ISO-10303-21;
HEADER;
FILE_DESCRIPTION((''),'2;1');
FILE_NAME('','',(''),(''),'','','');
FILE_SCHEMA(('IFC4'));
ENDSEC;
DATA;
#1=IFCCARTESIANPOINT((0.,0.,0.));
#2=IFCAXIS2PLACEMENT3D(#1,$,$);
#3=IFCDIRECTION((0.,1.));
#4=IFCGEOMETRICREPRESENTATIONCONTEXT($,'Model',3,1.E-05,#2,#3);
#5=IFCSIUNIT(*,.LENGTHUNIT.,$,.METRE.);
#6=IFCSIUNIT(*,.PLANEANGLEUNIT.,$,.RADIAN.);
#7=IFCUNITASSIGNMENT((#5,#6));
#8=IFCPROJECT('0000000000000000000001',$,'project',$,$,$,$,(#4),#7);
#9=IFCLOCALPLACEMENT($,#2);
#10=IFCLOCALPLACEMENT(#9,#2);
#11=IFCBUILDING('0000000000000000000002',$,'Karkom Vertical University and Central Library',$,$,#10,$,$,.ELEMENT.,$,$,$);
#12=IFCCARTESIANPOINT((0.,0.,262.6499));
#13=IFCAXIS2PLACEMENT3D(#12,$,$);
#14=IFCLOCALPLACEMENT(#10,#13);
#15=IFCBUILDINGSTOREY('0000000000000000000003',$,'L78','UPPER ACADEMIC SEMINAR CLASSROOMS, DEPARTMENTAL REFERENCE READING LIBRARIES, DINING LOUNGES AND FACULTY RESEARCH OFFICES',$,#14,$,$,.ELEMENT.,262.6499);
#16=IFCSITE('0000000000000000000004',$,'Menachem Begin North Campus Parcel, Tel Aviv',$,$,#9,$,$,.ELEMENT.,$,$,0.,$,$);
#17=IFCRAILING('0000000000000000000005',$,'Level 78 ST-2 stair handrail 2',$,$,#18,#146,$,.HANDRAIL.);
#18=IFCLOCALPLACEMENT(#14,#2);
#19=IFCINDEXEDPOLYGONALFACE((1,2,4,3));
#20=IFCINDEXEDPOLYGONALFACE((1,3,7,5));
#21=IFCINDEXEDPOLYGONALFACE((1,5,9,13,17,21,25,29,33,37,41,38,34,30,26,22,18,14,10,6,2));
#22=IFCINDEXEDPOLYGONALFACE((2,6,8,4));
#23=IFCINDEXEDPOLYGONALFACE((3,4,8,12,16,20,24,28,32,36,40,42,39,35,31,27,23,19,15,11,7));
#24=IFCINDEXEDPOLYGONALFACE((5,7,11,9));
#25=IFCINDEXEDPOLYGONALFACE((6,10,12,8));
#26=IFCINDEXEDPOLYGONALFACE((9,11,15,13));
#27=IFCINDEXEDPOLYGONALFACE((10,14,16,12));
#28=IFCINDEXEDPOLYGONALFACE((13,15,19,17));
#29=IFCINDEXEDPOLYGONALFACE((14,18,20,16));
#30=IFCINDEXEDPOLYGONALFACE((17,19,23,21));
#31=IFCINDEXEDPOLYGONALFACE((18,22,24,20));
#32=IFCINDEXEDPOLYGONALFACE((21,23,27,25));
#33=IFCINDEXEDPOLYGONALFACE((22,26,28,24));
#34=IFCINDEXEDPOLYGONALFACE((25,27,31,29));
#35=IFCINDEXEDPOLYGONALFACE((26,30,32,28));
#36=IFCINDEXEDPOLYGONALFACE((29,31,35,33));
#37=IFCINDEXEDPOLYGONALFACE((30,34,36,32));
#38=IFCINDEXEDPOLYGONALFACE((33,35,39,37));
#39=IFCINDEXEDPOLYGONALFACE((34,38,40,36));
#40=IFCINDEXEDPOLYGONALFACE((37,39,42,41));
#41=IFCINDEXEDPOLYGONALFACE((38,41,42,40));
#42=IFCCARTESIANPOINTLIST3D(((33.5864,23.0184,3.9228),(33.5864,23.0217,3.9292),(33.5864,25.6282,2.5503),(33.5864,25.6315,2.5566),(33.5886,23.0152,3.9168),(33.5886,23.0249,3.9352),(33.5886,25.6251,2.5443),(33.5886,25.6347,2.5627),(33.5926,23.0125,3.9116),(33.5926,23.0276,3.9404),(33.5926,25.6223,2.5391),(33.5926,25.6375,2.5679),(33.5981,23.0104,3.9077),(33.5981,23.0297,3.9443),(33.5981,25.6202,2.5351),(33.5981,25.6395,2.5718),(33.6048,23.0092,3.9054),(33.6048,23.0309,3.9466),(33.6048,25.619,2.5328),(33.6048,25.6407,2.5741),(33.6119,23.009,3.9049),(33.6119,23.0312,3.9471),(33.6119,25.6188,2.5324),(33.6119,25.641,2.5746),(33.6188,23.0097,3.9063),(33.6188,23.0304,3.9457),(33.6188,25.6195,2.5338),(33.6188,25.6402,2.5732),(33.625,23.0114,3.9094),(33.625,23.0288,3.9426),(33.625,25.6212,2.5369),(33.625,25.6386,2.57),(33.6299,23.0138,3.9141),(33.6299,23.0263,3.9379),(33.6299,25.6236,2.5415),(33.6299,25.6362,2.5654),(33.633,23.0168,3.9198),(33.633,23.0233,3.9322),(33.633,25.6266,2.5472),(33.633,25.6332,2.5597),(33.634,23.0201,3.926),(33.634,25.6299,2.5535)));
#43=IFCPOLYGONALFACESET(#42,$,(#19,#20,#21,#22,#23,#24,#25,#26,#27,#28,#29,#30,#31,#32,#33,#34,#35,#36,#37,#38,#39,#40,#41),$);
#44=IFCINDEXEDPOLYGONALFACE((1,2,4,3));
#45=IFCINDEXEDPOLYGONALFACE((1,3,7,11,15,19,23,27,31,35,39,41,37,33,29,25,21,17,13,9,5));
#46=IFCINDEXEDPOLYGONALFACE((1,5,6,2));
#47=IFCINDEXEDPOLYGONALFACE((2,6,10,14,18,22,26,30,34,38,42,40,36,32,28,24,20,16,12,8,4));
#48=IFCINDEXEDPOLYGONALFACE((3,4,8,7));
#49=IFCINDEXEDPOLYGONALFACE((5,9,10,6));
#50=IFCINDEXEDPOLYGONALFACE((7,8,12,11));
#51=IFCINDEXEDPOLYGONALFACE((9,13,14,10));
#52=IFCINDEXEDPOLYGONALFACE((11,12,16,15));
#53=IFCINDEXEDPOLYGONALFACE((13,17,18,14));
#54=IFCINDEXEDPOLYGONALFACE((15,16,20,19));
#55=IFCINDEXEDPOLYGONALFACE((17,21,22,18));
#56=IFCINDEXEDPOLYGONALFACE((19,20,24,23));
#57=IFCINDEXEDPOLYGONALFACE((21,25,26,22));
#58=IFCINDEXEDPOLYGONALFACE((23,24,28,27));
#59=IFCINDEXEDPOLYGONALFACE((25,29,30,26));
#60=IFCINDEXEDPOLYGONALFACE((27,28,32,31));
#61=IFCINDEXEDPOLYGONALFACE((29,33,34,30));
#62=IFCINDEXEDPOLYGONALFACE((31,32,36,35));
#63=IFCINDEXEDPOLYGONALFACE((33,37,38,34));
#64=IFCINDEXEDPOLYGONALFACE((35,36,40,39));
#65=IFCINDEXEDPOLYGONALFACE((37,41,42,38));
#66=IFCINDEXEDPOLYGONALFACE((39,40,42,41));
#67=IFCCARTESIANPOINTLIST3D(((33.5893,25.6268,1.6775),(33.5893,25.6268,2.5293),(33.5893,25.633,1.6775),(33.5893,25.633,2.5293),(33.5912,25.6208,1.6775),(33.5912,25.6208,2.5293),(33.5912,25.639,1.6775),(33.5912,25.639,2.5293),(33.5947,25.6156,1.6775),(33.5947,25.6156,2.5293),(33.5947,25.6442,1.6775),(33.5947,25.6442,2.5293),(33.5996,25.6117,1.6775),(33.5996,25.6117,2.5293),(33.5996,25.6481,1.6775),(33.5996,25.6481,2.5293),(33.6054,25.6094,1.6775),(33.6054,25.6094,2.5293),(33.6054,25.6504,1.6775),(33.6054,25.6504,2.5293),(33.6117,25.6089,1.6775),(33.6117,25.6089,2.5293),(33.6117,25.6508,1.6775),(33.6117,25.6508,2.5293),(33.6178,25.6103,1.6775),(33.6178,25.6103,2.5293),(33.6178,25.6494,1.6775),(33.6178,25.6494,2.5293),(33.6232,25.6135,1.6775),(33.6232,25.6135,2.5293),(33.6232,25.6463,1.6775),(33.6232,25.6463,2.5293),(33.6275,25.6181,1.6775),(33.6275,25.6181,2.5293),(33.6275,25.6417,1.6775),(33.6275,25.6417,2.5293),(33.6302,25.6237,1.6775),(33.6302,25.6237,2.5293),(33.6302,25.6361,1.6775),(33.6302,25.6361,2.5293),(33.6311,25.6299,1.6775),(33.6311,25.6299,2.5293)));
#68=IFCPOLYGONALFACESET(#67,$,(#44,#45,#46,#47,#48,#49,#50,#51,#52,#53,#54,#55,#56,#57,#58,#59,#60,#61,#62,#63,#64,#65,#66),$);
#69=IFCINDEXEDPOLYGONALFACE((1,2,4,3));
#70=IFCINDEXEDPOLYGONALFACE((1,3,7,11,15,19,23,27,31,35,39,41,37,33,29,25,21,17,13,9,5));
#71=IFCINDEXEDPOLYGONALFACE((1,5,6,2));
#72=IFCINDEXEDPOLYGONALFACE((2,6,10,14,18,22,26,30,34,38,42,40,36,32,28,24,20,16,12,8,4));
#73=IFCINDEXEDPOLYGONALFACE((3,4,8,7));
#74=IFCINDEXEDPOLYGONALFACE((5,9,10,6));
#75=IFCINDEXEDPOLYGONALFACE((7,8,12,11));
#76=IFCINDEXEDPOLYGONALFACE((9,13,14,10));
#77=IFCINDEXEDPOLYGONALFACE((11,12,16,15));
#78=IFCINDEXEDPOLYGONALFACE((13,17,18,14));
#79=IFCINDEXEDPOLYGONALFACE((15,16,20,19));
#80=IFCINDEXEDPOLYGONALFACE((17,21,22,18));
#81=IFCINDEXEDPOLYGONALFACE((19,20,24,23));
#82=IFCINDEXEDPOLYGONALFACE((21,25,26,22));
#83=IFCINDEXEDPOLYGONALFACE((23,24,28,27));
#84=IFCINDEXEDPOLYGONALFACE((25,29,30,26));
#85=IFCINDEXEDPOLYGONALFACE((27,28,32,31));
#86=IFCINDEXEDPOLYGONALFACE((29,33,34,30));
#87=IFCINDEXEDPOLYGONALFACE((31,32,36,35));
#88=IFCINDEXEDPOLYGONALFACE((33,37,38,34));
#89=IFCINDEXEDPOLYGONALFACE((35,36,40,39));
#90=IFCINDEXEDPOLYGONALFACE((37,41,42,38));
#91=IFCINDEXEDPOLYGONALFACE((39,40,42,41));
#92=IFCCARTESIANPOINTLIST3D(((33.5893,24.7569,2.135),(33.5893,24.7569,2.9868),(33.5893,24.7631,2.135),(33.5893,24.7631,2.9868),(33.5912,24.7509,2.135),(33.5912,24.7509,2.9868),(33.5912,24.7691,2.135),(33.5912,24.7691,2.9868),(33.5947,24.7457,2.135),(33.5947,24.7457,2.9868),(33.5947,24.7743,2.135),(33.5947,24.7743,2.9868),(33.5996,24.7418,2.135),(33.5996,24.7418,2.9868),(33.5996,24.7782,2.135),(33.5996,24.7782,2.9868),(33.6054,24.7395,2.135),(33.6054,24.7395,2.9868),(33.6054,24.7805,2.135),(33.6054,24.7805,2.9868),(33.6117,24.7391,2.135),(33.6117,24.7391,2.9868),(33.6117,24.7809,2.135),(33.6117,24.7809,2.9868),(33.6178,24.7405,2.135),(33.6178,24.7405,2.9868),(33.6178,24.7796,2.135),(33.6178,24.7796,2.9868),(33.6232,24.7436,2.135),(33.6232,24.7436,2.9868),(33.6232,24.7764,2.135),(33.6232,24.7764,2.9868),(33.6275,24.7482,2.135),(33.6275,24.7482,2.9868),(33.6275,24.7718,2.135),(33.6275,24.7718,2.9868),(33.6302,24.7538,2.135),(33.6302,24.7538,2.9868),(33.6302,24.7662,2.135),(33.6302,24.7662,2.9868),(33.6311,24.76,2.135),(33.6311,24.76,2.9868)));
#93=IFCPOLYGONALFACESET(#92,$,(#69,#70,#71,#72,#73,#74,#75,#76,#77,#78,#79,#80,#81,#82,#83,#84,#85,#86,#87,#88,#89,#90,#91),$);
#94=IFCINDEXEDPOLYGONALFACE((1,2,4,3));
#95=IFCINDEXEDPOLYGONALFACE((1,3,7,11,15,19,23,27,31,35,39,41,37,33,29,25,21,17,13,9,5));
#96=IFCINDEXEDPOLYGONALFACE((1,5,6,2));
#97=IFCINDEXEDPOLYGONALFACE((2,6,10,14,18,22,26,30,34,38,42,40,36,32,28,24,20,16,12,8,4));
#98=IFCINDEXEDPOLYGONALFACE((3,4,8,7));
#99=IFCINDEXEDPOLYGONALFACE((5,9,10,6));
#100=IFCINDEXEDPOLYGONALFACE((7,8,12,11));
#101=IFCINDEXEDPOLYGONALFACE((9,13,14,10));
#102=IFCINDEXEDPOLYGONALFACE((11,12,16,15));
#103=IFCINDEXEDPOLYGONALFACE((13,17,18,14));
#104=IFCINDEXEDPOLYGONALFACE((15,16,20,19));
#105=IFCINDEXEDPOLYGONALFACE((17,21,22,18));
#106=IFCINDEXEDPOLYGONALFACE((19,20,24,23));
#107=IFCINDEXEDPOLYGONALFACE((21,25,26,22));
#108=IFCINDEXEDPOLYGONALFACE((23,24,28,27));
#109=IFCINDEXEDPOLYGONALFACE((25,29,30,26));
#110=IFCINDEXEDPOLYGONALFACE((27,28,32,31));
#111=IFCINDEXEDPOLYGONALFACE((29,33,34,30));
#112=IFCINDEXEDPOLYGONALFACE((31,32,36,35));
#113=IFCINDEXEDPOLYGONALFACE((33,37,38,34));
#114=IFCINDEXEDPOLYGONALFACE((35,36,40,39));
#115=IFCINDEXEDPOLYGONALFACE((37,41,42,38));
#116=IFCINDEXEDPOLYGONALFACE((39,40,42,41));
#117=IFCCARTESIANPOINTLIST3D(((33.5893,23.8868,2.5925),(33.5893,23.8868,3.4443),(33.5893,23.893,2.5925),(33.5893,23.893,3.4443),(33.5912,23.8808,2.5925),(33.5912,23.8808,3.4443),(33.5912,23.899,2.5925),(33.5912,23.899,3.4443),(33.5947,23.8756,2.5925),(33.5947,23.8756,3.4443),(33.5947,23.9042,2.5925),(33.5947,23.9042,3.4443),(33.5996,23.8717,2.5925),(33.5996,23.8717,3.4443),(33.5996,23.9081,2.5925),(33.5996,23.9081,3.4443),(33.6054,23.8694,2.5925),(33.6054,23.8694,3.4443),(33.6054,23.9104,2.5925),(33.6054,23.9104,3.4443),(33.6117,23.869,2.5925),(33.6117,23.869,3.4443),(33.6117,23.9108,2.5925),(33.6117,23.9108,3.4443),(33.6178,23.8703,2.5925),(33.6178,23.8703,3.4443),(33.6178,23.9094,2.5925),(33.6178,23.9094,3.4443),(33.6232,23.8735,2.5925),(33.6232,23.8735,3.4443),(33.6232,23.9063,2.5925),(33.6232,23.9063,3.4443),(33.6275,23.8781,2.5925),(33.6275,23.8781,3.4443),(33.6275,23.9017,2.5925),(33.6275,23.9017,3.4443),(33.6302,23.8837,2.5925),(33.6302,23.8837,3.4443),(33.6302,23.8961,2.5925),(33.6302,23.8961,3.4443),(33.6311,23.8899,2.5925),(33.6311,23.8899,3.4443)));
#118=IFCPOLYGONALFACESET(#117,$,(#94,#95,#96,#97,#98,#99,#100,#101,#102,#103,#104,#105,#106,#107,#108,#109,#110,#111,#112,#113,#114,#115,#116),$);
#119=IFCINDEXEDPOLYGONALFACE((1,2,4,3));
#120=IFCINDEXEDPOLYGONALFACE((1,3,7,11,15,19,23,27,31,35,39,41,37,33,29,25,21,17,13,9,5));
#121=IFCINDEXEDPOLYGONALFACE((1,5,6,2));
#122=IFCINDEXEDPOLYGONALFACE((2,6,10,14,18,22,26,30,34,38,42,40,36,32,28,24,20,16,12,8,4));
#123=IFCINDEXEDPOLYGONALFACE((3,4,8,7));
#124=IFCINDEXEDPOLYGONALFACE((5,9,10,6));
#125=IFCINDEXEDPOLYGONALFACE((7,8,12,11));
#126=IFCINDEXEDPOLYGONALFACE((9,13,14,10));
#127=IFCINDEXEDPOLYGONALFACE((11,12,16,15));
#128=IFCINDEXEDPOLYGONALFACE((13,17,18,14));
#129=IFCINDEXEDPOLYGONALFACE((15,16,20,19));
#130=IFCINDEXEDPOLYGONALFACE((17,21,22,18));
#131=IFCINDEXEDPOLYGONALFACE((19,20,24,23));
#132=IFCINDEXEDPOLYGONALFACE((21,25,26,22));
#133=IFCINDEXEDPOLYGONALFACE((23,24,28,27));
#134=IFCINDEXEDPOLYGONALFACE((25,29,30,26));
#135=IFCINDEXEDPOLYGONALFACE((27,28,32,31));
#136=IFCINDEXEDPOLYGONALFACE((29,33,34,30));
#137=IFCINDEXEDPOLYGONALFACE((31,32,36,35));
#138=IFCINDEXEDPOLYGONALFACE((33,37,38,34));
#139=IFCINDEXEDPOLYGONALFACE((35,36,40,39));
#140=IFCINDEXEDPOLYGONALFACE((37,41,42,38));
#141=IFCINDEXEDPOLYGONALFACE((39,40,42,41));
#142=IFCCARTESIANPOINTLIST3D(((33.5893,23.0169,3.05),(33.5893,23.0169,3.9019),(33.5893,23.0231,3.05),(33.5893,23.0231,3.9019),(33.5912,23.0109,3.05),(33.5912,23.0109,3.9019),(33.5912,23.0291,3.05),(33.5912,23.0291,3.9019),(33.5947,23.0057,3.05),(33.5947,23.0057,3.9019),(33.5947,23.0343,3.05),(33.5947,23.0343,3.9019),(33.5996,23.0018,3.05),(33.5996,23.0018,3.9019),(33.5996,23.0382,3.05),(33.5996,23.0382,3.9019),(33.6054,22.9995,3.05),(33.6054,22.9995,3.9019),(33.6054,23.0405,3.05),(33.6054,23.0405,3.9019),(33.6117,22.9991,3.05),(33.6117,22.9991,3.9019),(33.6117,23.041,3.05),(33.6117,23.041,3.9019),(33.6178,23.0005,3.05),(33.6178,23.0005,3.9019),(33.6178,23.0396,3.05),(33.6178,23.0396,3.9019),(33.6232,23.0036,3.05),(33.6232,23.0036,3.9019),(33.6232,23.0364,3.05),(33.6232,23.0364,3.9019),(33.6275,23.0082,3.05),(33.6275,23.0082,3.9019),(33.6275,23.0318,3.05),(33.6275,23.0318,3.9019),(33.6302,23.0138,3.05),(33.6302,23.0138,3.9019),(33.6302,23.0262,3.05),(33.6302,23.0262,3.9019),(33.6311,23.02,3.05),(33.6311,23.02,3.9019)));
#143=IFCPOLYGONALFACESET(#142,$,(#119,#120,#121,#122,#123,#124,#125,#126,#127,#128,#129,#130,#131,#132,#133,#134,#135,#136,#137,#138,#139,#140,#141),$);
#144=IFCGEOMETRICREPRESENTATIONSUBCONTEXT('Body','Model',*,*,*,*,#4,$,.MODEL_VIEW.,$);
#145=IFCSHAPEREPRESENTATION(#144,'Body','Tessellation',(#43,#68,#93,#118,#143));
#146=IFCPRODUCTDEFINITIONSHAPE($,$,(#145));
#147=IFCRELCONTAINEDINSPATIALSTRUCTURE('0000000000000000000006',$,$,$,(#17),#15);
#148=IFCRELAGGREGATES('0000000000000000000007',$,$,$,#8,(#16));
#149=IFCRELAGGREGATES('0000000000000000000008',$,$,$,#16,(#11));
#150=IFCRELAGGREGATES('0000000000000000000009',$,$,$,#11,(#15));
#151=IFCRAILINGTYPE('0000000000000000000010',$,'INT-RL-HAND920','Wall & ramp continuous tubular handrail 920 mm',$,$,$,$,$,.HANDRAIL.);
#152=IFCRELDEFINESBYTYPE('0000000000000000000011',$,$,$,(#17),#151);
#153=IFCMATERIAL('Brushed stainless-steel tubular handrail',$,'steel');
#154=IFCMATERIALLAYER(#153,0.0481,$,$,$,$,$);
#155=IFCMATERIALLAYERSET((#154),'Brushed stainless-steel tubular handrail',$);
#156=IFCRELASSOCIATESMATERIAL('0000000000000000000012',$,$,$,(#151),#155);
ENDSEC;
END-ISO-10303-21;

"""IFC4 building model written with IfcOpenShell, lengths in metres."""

from ifc_helpers import new_model, si_unit, direction, frame, origin, origin_2d, place, context, subcontext, project, spatial, circle, extrude, material, layer, layer_set, type_object, element, save


model = new_model("IFC4")

# Units and contexts
model_context = context("Model", 3, precision=1e-05, world=origin(), true_north=direction((0.0, 1.0)))
body_context = subcontext(model_context, "Body", "Model", "MODEL_VIEW")
ifc_project = project(units=[si_unit("LENGTHUNIT", "METRE"), si_unit("PLANEANGLEUNIT", "RADIAN")], contexts=[model_context])

# Site, building, storey
site_placement = place(None, origin())
site = spatial("IfcSite", under=ifc_project, at=site_placement, Name="Menachem Begin North Campus Parcel, Tel Aviv", CompositionType="ELEMENT", RefElevation=0.0)
building_placement = place(site_placement, origin())
building = spatial("IfcBuilding", under=site, at=building_placement, Name="Karkom Vertical University and Central Library", CompositionType="ELEMENT")
storey_placement = place(building_placement, frame((0.0, 0.0, 262.6499)))
storey = spatial("IfcBuildingStorey", under=building, at=storey_placement, Name="L78", Description="UPPER ACADEMIC SEMINAR CLASSROOMS, DEPARTMENTAL REFERENCE READING LIBRARIES, DINING LOUNGES AND FACULTY RESEARCH OFFICES", CompositionType="ELEMENT", Elevation=262.6499)

# Railing
ifc_material_1 = material(Name="Brushed stainless-steel tubular handrail", Category="steel")
ifc_layer_1 = layer(ifc_material_1, 0.0481)
ifc_layer_set_1 = layer_set([ifc_layer_1], Name="Brushed stainless-steel tubular handrail")
railing_type_1 = type_object("IfcRailingType", Name="INT-RL-HAND920", Description="Wall & ramp continuous tubular handrail 920 mm", PredefinedType="HANDRAIL", material=ifc_layer_set_1)
railing_1_placement = place(storey_placement, frame((33.6101, 25.6299, 1.6775)))
element("IfcRailing", 1, at=railing_1_placement, inside=storey, type_object=railing_type_1, Name="Level 78 ST-2 stair handrail 2", PredefinedType="HANDRAIL", context=body_context, shape_type="SweptSolid", body=[
    extrude(circle(Radius=0.0239, at=origin_2d()), frame((0.0, 0.0, 0.876), z_axis=(0.0, -0.885065, 0.465467), x_axis=(1.0, 0.0, 0.0)), (0.0, 0.0, 1.0), 2.9487),
    extrude(circle(Radius=0.021, at=origin_2d()), origin(), (0.0, 0.0, 1.0), 0.8518),
    extrude(circle(Radius=0.021, at=origin_2d()), frame((0.0, -0.8699, 0.4575)), (0.0, 0.0, 1.0), 0.8518),
    extrude(circle(Radius=0.021, at=origin_2d()), frame((0.0, -1.74, 0.915)), (0.0, 0.0, 1.0), 0.8518),
    extrude(circle(Radius=0.021, at=origin_2d()), frame((0.0, -2.6099, 1.3726)), (0.0, 0.0, 1.0), 0.8518),
])

save(model, "model.ifc")
